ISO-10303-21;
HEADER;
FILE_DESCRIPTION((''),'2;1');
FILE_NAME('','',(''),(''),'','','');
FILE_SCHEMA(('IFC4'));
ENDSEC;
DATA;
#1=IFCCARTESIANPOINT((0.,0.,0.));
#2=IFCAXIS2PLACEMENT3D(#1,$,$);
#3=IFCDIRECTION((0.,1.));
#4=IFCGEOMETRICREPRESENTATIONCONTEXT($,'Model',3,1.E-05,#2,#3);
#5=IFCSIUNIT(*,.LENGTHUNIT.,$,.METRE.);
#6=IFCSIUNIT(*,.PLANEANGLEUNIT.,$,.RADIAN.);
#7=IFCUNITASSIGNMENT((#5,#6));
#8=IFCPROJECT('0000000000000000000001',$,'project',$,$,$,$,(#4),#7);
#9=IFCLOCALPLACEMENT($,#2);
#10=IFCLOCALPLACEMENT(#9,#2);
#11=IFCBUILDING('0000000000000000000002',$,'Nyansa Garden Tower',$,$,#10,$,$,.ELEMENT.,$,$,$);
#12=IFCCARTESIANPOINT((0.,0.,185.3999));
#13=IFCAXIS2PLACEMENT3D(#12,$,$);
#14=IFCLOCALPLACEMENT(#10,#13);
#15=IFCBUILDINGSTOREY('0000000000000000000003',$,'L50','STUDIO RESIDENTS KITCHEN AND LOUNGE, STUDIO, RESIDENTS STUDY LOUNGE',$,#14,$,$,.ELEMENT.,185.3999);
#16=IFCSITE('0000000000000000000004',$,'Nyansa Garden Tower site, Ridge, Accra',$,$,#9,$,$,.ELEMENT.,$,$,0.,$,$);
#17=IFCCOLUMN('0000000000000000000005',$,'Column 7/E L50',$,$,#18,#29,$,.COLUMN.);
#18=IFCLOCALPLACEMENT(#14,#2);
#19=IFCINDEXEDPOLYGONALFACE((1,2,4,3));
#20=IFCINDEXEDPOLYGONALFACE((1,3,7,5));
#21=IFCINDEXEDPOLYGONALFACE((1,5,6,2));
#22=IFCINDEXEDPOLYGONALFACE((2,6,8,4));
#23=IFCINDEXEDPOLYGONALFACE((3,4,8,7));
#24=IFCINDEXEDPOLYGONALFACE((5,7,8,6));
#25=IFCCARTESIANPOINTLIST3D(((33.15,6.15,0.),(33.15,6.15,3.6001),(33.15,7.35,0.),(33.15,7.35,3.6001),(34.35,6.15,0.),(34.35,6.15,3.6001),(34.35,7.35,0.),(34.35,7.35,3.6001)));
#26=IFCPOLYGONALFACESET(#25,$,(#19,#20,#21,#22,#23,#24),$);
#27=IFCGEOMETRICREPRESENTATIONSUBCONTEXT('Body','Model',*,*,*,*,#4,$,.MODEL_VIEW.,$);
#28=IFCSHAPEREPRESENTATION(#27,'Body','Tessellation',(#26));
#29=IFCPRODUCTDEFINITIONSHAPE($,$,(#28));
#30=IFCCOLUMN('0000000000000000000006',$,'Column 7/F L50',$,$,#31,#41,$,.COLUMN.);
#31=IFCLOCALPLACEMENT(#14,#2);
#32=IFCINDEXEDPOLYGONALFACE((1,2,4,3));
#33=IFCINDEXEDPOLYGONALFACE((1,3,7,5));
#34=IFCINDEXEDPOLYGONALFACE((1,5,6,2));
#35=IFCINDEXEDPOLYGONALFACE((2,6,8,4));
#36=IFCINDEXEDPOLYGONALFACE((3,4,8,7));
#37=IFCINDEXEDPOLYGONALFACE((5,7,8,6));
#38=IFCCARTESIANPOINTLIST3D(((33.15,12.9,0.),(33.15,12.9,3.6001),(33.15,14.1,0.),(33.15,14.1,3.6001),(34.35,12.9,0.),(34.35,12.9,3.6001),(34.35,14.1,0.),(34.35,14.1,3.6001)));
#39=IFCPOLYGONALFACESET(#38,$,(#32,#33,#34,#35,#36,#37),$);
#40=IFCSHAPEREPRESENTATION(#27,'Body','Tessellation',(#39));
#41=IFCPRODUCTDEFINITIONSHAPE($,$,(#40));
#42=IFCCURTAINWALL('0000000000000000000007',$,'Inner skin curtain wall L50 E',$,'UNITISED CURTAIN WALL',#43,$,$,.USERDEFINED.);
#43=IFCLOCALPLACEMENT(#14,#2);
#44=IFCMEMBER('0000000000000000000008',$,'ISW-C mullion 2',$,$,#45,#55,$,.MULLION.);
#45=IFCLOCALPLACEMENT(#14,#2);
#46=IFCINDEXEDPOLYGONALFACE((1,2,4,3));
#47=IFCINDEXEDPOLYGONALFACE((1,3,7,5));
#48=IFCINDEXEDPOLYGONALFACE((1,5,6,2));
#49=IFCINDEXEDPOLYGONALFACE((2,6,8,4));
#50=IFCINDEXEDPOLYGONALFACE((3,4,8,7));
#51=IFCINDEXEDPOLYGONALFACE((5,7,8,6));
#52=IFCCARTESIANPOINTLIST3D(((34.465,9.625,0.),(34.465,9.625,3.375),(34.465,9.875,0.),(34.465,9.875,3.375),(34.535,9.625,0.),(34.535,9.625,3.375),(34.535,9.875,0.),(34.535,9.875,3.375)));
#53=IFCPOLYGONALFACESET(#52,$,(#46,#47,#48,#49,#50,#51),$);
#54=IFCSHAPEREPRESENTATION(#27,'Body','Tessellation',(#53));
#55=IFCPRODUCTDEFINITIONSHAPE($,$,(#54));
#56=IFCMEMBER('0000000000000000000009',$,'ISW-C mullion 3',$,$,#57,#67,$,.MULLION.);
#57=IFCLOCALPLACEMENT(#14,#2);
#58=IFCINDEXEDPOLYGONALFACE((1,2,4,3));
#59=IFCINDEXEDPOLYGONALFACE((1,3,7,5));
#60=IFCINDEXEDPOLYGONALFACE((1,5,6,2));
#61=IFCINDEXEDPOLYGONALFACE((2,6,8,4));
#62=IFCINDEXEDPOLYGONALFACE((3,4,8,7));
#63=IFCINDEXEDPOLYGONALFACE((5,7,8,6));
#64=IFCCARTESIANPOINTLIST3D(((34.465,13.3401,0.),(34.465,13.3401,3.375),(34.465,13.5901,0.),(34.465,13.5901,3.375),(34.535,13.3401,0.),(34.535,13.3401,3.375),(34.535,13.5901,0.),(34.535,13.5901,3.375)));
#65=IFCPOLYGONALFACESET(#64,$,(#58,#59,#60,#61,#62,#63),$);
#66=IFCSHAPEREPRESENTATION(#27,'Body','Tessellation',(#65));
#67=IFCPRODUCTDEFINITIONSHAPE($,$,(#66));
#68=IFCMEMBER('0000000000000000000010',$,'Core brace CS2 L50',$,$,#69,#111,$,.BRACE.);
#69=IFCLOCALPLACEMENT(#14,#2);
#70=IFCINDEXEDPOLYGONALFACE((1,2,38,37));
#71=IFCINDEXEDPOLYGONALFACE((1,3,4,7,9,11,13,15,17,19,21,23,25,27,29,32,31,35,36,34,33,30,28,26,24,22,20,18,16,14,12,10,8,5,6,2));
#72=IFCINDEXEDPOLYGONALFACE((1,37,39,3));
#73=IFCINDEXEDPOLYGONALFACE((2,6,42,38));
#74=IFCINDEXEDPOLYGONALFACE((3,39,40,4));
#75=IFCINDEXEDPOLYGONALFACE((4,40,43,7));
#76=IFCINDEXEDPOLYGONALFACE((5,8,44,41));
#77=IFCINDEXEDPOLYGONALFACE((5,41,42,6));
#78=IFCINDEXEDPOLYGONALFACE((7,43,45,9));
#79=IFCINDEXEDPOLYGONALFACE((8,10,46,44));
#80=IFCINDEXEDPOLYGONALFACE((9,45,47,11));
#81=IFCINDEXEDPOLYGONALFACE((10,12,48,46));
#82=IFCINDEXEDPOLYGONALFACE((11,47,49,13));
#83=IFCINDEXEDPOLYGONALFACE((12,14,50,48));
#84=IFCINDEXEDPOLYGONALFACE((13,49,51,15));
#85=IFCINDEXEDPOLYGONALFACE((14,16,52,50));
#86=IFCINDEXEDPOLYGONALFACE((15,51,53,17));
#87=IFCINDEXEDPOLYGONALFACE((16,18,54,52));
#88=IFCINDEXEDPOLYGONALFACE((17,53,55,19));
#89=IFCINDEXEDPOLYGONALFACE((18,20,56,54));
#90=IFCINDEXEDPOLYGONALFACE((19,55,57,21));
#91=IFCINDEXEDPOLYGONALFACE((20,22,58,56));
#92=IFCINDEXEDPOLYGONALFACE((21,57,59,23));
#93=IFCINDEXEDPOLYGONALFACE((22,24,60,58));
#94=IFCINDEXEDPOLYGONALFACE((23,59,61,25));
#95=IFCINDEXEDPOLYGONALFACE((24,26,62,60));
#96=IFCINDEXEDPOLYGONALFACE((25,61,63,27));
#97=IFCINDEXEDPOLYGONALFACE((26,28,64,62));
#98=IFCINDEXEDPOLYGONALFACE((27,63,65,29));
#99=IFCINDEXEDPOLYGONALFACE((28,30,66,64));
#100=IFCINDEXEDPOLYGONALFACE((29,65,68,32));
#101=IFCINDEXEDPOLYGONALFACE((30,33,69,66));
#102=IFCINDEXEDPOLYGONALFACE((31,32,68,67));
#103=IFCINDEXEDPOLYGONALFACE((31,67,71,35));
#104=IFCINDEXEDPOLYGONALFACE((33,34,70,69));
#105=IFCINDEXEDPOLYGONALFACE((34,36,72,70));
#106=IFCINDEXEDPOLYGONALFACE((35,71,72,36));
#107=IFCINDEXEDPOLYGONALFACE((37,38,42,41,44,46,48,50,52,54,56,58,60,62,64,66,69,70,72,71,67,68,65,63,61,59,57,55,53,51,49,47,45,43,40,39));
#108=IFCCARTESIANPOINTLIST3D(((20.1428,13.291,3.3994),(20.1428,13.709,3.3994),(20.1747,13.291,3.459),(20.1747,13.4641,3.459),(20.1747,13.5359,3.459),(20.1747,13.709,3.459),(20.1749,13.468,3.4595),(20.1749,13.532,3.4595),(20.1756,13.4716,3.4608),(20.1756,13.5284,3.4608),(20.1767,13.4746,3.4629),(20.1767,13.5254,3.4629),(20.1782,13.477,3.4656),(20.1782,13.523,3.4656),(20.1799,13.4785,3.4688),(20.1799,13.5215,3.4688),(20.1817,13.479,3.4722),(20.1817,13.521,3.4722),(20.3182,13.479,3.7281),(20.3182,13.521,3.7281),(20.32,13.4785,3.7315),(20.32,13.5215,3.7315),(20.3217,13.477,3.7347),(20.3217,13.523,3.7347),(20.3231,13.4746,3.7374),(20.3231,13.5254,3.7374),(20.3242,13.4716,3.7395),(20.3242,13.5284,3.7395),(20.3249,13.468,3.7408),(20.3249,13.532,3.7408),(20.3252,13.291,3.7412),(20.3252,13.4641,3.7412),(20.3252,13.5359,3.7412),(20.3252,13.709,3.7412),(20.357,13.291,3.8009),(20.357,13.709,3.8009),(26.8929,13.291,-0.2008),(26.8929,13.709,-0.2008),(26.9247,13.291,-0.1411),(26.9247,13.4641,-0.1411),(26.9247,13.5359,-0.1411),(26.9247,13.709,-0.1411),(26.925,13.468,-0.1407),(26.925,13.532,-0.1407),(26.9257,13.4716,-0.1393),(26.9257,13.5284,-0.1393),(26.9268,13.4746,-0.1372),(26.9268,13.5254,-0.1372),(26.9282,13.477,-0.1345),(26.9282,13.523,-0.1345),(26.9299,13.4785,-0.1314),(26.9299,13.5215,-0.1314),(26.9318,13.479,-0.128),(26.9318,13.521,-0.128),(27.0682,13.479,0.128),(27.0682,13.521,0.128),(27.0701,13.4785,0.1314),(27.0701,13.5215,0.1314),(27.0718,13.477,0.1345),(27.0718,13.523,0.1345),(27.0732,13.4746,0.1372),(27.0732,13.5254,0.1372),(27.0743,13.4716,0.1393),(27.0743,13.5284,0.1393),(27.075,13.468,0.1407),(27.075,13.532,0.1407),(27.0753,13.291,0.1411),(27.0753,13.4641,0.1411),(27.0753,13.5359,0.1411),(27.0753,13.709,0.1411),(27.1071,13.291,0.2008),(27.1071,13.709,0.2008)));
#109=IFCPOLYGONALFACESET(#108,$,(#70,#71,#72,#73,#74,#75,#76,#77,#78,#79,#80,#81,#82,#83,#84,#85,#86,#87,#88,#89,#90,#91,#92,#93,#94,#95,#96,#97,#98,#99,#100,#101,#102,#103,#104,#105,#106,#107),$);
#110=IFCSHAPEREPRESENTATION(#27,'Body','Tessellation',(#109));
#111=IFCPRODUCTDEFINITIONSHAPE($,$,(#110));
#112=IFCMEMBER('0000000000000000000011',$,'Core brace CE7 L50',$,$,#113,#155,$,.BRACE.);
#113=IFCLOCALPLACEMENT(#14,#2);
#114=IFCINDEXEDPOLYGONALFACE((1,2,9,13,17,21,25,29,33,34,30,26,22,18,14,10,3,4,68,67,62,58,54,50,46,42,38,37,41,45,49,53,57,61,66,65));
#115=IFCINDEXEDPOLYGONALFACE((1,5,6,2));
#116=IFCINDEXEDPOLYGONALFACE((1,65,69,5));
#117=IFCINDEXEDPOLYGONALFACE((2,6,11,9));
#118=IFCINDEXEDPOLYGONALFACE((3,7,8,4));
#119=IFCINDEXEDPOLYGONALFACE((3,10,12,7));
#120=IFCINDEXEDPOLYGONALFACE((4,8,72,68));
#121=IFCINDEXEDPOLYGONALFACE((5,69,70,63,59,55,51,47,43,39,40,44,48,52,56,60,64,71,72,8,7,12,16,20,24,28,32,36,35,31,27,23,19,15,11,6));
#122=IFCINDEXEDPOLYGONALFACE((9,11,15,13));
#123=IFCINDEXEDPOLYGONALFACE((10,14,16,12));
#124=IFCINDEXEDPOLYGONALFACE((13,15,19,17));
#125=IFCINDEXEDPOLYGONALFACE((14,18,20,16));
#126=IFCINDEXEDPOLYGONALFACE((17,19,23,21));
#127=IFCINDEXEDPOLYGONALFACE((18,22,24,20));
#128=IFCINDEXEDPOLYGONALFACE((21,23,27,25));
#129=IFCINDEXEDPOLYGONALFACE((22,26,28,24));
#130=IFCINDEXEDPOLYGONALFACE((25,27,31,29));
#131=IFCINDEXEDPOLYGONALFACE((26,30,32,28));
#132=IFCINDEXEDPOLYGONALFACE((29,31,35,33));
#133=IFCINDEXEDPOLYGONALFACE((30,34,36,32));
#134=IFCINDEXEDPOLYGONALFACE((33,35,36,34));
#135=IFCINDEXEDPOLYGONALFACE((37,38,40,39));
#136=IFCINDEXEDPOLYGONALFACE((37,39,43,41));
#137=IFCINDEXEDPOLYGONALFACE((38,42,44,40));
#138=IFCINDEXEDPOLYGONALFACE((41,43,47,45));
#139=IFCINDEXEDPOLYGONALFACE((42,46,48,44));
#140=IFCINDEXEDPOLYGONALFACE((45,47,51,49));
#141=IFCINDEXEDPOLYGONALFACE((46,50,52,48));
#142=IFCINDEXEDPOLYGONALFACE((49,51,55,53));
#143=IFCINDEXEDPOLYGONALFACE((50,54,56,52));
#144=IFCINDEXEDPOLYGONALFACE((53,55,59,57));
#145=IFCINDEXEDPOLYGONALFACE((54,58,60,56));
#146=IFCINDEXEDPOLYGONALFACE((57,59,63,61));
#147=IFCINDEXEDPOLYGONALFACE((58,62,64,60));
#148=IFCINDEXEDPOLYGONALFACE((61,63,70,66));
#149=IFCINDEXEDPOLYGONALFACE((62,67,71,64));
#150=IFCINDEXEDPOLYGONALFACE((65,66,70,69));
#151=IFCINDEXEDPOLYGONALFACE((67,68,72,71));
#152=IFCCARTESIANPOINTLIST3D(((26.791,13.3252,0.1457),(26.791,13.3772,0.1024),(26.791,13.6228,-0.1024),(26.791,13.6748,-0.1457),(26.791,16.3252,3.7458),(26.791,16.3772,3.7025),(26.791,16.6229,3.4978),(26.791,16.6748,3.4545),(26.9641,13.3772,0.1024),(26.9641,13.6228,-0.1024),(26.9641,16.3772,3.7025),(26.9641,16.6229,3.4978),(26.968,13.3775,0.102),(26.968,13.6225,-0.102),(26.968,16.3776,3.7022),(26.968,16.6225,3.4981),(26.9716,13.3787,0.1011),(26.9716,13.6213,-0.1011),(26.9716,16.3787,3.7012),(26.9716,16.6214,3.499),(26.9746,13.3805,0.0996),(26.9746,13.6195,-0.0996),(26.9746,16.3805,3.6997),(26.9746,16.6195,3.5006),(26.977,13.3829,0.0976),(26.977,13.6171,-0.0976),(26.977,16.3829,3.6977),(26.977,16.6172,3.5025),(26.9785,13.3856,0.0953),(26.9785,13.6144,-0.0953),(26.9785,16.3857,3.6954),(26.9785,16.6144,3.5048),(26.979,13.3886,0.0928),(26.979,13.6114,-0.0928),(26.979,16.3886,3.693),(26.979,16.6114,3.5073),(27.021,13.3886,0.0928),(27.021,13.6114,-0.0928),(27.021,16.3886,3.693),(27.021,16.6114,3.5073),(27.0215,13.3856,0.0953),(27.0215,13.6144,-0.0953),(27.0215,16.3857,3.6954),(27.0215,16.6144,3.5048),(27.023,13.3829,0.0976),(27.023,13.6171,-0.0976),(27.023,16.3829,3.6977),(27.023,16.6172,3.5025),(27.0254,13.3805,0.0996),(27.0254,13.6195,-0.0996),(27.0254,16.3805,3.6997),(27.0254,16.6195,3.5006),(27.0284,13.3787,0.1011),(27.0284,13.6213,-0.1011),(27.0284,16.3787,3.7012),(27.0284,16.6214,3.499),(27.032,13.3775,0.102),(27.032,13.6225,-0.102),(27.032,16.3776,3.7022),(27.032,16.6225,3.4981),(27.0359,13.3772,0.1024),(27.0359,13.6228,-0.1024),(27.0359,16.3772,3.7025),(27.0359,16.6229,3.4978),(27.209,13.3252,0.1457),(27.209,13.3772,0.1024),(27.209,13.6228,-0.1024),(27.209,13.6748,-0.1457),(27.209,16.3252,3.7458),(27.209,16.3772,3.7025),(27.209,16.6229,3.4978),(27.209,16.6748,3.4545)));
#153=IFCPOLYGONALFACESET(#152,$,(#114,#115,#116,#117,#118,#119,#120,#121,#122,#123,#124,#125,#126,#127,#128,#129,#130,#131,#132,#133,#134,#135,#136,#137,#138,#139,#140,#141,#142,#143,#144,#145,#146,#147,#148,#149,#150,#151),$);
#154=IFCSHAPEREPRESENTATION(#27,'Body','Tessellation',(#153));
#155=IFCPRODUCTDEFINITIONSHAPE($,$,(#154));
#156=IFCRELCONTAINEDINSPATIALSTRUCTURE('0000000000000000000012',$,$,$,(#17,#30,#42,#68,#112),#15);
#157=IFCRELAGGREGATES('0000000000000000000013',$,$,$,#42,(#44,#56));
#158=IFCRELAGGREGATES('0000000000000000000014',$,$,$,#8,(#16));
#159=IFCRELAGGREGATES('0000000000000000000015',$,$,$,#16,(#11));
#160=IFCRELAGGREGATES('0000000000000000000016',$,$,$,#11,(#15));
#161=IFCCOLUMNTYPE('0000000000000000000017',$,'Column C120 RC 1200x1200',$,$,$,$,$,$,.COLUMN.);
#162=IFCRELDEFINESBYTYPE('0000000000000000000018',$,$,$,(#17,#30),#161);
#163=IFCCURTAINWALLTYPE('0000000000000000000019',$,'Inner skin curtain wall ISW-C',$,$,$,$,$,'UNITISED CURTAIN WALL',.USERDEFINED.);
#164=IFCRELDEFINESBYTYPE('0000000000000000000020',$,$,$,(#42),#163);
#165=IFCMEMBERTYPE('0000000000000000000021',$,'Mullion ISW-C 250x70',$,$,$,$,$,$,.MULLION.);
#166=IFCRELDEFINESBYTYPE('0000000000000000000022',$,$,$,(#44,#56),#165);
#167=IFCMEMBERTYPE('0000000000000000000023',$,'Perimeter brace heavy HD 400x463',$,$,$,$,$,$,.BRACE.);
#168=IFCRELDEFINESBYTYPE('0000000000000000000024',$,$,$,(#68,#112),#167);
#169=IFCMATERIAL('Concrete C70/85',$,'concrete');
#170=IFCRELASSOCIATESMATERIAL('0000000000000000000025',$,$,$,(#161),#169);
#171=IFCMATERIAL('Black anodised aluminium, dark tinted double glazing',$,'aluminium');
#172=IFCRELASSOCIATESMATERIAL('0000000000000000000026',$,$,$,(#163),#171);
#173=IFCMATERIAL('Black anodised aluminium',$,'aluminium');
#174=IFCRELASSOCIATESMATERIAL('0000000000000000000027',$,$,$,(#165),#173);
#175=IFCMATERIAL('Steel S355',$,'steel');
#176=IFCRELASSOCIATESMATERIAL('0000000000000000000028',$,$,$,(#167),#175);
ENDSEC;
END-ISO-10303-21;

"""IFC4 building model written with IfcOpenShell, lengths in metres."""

from ifc_helpers import new_model, si_unit, direction, frame, origin, origin_2d, place, context, subcontext, project, spatial, rectangle, i_section, extrude, material, material_profile, profile_set, type_object, element, aggregate, save


model = new_model("IFC4")

# Units and contexts
model_context = context("Model", 3, precision=1e-05, world=origin(), true_north=direction((0.0, 1.0)))
body_context = subcontext(model_context, "Body", "Model", "MODEL_VIEW")
ifc_project = project(units=[si_unit("LENGTHUNIT", "METRE"), si_unit("PLANEANGLEUNIT", "RADIAN")], contexts=[model_context])

# Site, building, storey
site_placement = place(None, origin())
site = spatial("IfcSite", under=ifc_project, at=site_placement, Name="Nyansa Garden Tower site, Ridge, Accra", CompositionType="ELEMENT", RefElevation=0.0)
building_placement = place(site_placement, origin())
building = spatial("IfcBuilding", under=site, at=building_placement, Name="Nyansa Garden Tower", CompositionType="ELEMENT")
storey_placement = place(building_placement, frame((0.0, 0.0, 185.3999)))
storey = spatial("IfcBuildingStorey", under=building, at=storey_placement, Name="L50", Description="STUDIO RESIDENTS KITCHEN AND LOUNGE, STUDIO, RESIDENTS STUDY LOUNGE", CompositionType="ELEMENT", Elevation=185.3999)

# Columns
ifc_material_1 = material(Name="Concrete C70/85", Category="concrete")
ifc_material_profile_1 = material_profile(ifc_material_1, rectangle(XDim=1.2, YDim=1.2, at=origin_2d()), Name="RC 1200x1200")
ifc_profile_set_1 = profile_set([ifc_material_profile_1], Name="Concrete C70/85")
column_type = type_object("IfcColumnType", Name="Column C120 RC 1200x1200", PredefinedType="COLUMN", material=ifc_profile_set_1)
for number, where, z_axis, x_axis, name in (
    (1, (33.75, 6.75, 0.0), (0.0, 0.0, 1.0), (1.0, 0.0, 0.0), "Column 7/E L50"),
    (2, (33.75, 13.5, 0.0), (0.0, 0.0, 1.0), (1.0, 0.0, 0.0), "Column 7/F L50"),
):
    element("IfcColumn", number, at=place(storey_placement, frame(where, z_axis=z_axis, x_axis=x_axis)), inside=storey, type_object=column_type, Name=name, PredefinedType="COLUMN", context=body_context, shape_type="SweptSolid", body=[
        extrude(rectangle(XDim=1.2, YDim=1.2, at=origin_2d()), origin(), (0.0, 0.0, 1.0), 3.6001),
    ])

# Curtain wall, members
ifc_material_2 = material(Name="Black anodised aluminium, dark tinted double glazing", Category="aluminium")
curtain_wall_type = type_object("IfcCurtainWallType", Name="Inner skin curtain wall ISW-C", ElementType="UNITISED CURTAIN WALL", PredefinedType="USERDEFINED", material=ifc_material_2)
curtain_wall_placement = place(storey_placement, origin())
curtain_wall = element("IfcCurtainWall", 3, at=curtain_wall_placement, inside=storey, type_object=curtain_wall_type, Name="Inner skin curtain wall L50 E", ObjectType="UNITISED CURTAIN WALL", PredefinedType="USERDEFINED")
ifc_material_3 = material(Name="Black anodised aluminium", Category="aluminium")
ifc_material_profile_2 = material_profile(ifc_material_3, rectangle(XDim=0.0701, YDim=0.25, at=origin_2d()), Name="Mullion 250x70")
ifc_profile_set_2 = profile_set([ifc_material_profile_2], Name="Black anodised aluminium")
member_type_1 = type_object("IfcMemberType", Name="Mullion ISW-C 250x70", PredefinedType="MULLION", material=ifc_profile_set_2)
member_1_placement = place(storey_placement, frame((34.5, 9.75, 0.0), z_axis=(0.0, 0.0, 1.0), x_axis=(-1.0, 0.0, 0.0)))
member_1 = element("IfcMember", 4, at=member_1_placement, type_object=member_type_1, Name="ISW-C mullion 2", PredefinedType="MULLION", context=body_context, shape_type="SweptSolid", body=[
    extrude(rectangle(XDim=0.0701, YDim=0.25, at=origin_2d()), origin(), (0.0, 0.0, 1.0), 3.375),
])
member_2_placement = place(storey_placement, frame((34.5, 13.4651, 0.0), z_axis=(0.0, 0.0, 1.0), x_axis=(-1.0, 0.0, 0.0)))
member_2 = element("IfcMember", 5, at=member_2_placement, type_object=member_type_1, Name="ISW-C mullion 3", PredefinedType="MULLION", context=body_context, shape_type="SweptSolid", body=[
    extrude(rectangle(XDim=0.0701, YDim=0.25, at=origin_2d()), origin(), (0.0, 0.0, 1.0), 3.375),
])

# Members
ifc_material_4 = material(Name="Steel S355", Category="steel")
ifc_material_profile_3 = material_profile(ifc_material_4, i_section(OverallWidth=0.418, OverallDepth=0.4551, WebThickness=0.042, FlangeThickness=0.0676, FilletRadius=0.0149, at=origin_2d()), Name="HD 400x463")
ifc_profile_set_3 = profile_set([ifc_material_profile_3], Name="Steel S355")
member_type_2 = type_object("IfcMemberType", Name="Perimeter brace heavy HD 400x463", PredefinedType="BRACE", material=ifc_profile_set_3)
member_3_placement = place(storey_placement, frame((27.0, 13.5, 0.0), z_axis=(-0.882348, 0.0, 0.470598), x_axis=(0.0, -1.0, 0.0)))
element("IfcMember", 6, at=member_3_placement, inside=storey, type_object=member_type_2, Name="Core brace CS2 L50", PredefinedType="BRACE", context=body_context, shape_type="SweptSolid", body=[
    extrude(i_section(OverallWidth=0.418, OverallDepth=0.4551, WebThickness=0.042, FlangeThickness=0.0676, FilletRadius=0.0149, at=origin_2d()), origin(), (0.0, 0.0, 1.0), 7.6501),
])
member_4_placement = place(storey_placement, frame((27.0, 13.5, 0.0), z_axis=(0.0, 0.640174, 0.76823), x_axis=(-1.0, 0.0, 0.0)))
element("IfcMember", 7, at=member_4_placement, inside=storey, type_object=member_type_2, Name="Core brace CE7 L50", PredefinedType="BRACE", context=body_context, shape_type="SweptSolid", body=[
    extrude(i_section(OverallWidth=0.418, OverallDepth=0.4551, WebThickness=0.042, FlangeThickness=0.0676, FilletRadius=0.0149, at=origin_2d()), origin(), (0.0, 0.0, 1.0), 4.6863),
])

aggregate(curtain_wall, [member_1, member_2])

save(model, "model.ifc")
